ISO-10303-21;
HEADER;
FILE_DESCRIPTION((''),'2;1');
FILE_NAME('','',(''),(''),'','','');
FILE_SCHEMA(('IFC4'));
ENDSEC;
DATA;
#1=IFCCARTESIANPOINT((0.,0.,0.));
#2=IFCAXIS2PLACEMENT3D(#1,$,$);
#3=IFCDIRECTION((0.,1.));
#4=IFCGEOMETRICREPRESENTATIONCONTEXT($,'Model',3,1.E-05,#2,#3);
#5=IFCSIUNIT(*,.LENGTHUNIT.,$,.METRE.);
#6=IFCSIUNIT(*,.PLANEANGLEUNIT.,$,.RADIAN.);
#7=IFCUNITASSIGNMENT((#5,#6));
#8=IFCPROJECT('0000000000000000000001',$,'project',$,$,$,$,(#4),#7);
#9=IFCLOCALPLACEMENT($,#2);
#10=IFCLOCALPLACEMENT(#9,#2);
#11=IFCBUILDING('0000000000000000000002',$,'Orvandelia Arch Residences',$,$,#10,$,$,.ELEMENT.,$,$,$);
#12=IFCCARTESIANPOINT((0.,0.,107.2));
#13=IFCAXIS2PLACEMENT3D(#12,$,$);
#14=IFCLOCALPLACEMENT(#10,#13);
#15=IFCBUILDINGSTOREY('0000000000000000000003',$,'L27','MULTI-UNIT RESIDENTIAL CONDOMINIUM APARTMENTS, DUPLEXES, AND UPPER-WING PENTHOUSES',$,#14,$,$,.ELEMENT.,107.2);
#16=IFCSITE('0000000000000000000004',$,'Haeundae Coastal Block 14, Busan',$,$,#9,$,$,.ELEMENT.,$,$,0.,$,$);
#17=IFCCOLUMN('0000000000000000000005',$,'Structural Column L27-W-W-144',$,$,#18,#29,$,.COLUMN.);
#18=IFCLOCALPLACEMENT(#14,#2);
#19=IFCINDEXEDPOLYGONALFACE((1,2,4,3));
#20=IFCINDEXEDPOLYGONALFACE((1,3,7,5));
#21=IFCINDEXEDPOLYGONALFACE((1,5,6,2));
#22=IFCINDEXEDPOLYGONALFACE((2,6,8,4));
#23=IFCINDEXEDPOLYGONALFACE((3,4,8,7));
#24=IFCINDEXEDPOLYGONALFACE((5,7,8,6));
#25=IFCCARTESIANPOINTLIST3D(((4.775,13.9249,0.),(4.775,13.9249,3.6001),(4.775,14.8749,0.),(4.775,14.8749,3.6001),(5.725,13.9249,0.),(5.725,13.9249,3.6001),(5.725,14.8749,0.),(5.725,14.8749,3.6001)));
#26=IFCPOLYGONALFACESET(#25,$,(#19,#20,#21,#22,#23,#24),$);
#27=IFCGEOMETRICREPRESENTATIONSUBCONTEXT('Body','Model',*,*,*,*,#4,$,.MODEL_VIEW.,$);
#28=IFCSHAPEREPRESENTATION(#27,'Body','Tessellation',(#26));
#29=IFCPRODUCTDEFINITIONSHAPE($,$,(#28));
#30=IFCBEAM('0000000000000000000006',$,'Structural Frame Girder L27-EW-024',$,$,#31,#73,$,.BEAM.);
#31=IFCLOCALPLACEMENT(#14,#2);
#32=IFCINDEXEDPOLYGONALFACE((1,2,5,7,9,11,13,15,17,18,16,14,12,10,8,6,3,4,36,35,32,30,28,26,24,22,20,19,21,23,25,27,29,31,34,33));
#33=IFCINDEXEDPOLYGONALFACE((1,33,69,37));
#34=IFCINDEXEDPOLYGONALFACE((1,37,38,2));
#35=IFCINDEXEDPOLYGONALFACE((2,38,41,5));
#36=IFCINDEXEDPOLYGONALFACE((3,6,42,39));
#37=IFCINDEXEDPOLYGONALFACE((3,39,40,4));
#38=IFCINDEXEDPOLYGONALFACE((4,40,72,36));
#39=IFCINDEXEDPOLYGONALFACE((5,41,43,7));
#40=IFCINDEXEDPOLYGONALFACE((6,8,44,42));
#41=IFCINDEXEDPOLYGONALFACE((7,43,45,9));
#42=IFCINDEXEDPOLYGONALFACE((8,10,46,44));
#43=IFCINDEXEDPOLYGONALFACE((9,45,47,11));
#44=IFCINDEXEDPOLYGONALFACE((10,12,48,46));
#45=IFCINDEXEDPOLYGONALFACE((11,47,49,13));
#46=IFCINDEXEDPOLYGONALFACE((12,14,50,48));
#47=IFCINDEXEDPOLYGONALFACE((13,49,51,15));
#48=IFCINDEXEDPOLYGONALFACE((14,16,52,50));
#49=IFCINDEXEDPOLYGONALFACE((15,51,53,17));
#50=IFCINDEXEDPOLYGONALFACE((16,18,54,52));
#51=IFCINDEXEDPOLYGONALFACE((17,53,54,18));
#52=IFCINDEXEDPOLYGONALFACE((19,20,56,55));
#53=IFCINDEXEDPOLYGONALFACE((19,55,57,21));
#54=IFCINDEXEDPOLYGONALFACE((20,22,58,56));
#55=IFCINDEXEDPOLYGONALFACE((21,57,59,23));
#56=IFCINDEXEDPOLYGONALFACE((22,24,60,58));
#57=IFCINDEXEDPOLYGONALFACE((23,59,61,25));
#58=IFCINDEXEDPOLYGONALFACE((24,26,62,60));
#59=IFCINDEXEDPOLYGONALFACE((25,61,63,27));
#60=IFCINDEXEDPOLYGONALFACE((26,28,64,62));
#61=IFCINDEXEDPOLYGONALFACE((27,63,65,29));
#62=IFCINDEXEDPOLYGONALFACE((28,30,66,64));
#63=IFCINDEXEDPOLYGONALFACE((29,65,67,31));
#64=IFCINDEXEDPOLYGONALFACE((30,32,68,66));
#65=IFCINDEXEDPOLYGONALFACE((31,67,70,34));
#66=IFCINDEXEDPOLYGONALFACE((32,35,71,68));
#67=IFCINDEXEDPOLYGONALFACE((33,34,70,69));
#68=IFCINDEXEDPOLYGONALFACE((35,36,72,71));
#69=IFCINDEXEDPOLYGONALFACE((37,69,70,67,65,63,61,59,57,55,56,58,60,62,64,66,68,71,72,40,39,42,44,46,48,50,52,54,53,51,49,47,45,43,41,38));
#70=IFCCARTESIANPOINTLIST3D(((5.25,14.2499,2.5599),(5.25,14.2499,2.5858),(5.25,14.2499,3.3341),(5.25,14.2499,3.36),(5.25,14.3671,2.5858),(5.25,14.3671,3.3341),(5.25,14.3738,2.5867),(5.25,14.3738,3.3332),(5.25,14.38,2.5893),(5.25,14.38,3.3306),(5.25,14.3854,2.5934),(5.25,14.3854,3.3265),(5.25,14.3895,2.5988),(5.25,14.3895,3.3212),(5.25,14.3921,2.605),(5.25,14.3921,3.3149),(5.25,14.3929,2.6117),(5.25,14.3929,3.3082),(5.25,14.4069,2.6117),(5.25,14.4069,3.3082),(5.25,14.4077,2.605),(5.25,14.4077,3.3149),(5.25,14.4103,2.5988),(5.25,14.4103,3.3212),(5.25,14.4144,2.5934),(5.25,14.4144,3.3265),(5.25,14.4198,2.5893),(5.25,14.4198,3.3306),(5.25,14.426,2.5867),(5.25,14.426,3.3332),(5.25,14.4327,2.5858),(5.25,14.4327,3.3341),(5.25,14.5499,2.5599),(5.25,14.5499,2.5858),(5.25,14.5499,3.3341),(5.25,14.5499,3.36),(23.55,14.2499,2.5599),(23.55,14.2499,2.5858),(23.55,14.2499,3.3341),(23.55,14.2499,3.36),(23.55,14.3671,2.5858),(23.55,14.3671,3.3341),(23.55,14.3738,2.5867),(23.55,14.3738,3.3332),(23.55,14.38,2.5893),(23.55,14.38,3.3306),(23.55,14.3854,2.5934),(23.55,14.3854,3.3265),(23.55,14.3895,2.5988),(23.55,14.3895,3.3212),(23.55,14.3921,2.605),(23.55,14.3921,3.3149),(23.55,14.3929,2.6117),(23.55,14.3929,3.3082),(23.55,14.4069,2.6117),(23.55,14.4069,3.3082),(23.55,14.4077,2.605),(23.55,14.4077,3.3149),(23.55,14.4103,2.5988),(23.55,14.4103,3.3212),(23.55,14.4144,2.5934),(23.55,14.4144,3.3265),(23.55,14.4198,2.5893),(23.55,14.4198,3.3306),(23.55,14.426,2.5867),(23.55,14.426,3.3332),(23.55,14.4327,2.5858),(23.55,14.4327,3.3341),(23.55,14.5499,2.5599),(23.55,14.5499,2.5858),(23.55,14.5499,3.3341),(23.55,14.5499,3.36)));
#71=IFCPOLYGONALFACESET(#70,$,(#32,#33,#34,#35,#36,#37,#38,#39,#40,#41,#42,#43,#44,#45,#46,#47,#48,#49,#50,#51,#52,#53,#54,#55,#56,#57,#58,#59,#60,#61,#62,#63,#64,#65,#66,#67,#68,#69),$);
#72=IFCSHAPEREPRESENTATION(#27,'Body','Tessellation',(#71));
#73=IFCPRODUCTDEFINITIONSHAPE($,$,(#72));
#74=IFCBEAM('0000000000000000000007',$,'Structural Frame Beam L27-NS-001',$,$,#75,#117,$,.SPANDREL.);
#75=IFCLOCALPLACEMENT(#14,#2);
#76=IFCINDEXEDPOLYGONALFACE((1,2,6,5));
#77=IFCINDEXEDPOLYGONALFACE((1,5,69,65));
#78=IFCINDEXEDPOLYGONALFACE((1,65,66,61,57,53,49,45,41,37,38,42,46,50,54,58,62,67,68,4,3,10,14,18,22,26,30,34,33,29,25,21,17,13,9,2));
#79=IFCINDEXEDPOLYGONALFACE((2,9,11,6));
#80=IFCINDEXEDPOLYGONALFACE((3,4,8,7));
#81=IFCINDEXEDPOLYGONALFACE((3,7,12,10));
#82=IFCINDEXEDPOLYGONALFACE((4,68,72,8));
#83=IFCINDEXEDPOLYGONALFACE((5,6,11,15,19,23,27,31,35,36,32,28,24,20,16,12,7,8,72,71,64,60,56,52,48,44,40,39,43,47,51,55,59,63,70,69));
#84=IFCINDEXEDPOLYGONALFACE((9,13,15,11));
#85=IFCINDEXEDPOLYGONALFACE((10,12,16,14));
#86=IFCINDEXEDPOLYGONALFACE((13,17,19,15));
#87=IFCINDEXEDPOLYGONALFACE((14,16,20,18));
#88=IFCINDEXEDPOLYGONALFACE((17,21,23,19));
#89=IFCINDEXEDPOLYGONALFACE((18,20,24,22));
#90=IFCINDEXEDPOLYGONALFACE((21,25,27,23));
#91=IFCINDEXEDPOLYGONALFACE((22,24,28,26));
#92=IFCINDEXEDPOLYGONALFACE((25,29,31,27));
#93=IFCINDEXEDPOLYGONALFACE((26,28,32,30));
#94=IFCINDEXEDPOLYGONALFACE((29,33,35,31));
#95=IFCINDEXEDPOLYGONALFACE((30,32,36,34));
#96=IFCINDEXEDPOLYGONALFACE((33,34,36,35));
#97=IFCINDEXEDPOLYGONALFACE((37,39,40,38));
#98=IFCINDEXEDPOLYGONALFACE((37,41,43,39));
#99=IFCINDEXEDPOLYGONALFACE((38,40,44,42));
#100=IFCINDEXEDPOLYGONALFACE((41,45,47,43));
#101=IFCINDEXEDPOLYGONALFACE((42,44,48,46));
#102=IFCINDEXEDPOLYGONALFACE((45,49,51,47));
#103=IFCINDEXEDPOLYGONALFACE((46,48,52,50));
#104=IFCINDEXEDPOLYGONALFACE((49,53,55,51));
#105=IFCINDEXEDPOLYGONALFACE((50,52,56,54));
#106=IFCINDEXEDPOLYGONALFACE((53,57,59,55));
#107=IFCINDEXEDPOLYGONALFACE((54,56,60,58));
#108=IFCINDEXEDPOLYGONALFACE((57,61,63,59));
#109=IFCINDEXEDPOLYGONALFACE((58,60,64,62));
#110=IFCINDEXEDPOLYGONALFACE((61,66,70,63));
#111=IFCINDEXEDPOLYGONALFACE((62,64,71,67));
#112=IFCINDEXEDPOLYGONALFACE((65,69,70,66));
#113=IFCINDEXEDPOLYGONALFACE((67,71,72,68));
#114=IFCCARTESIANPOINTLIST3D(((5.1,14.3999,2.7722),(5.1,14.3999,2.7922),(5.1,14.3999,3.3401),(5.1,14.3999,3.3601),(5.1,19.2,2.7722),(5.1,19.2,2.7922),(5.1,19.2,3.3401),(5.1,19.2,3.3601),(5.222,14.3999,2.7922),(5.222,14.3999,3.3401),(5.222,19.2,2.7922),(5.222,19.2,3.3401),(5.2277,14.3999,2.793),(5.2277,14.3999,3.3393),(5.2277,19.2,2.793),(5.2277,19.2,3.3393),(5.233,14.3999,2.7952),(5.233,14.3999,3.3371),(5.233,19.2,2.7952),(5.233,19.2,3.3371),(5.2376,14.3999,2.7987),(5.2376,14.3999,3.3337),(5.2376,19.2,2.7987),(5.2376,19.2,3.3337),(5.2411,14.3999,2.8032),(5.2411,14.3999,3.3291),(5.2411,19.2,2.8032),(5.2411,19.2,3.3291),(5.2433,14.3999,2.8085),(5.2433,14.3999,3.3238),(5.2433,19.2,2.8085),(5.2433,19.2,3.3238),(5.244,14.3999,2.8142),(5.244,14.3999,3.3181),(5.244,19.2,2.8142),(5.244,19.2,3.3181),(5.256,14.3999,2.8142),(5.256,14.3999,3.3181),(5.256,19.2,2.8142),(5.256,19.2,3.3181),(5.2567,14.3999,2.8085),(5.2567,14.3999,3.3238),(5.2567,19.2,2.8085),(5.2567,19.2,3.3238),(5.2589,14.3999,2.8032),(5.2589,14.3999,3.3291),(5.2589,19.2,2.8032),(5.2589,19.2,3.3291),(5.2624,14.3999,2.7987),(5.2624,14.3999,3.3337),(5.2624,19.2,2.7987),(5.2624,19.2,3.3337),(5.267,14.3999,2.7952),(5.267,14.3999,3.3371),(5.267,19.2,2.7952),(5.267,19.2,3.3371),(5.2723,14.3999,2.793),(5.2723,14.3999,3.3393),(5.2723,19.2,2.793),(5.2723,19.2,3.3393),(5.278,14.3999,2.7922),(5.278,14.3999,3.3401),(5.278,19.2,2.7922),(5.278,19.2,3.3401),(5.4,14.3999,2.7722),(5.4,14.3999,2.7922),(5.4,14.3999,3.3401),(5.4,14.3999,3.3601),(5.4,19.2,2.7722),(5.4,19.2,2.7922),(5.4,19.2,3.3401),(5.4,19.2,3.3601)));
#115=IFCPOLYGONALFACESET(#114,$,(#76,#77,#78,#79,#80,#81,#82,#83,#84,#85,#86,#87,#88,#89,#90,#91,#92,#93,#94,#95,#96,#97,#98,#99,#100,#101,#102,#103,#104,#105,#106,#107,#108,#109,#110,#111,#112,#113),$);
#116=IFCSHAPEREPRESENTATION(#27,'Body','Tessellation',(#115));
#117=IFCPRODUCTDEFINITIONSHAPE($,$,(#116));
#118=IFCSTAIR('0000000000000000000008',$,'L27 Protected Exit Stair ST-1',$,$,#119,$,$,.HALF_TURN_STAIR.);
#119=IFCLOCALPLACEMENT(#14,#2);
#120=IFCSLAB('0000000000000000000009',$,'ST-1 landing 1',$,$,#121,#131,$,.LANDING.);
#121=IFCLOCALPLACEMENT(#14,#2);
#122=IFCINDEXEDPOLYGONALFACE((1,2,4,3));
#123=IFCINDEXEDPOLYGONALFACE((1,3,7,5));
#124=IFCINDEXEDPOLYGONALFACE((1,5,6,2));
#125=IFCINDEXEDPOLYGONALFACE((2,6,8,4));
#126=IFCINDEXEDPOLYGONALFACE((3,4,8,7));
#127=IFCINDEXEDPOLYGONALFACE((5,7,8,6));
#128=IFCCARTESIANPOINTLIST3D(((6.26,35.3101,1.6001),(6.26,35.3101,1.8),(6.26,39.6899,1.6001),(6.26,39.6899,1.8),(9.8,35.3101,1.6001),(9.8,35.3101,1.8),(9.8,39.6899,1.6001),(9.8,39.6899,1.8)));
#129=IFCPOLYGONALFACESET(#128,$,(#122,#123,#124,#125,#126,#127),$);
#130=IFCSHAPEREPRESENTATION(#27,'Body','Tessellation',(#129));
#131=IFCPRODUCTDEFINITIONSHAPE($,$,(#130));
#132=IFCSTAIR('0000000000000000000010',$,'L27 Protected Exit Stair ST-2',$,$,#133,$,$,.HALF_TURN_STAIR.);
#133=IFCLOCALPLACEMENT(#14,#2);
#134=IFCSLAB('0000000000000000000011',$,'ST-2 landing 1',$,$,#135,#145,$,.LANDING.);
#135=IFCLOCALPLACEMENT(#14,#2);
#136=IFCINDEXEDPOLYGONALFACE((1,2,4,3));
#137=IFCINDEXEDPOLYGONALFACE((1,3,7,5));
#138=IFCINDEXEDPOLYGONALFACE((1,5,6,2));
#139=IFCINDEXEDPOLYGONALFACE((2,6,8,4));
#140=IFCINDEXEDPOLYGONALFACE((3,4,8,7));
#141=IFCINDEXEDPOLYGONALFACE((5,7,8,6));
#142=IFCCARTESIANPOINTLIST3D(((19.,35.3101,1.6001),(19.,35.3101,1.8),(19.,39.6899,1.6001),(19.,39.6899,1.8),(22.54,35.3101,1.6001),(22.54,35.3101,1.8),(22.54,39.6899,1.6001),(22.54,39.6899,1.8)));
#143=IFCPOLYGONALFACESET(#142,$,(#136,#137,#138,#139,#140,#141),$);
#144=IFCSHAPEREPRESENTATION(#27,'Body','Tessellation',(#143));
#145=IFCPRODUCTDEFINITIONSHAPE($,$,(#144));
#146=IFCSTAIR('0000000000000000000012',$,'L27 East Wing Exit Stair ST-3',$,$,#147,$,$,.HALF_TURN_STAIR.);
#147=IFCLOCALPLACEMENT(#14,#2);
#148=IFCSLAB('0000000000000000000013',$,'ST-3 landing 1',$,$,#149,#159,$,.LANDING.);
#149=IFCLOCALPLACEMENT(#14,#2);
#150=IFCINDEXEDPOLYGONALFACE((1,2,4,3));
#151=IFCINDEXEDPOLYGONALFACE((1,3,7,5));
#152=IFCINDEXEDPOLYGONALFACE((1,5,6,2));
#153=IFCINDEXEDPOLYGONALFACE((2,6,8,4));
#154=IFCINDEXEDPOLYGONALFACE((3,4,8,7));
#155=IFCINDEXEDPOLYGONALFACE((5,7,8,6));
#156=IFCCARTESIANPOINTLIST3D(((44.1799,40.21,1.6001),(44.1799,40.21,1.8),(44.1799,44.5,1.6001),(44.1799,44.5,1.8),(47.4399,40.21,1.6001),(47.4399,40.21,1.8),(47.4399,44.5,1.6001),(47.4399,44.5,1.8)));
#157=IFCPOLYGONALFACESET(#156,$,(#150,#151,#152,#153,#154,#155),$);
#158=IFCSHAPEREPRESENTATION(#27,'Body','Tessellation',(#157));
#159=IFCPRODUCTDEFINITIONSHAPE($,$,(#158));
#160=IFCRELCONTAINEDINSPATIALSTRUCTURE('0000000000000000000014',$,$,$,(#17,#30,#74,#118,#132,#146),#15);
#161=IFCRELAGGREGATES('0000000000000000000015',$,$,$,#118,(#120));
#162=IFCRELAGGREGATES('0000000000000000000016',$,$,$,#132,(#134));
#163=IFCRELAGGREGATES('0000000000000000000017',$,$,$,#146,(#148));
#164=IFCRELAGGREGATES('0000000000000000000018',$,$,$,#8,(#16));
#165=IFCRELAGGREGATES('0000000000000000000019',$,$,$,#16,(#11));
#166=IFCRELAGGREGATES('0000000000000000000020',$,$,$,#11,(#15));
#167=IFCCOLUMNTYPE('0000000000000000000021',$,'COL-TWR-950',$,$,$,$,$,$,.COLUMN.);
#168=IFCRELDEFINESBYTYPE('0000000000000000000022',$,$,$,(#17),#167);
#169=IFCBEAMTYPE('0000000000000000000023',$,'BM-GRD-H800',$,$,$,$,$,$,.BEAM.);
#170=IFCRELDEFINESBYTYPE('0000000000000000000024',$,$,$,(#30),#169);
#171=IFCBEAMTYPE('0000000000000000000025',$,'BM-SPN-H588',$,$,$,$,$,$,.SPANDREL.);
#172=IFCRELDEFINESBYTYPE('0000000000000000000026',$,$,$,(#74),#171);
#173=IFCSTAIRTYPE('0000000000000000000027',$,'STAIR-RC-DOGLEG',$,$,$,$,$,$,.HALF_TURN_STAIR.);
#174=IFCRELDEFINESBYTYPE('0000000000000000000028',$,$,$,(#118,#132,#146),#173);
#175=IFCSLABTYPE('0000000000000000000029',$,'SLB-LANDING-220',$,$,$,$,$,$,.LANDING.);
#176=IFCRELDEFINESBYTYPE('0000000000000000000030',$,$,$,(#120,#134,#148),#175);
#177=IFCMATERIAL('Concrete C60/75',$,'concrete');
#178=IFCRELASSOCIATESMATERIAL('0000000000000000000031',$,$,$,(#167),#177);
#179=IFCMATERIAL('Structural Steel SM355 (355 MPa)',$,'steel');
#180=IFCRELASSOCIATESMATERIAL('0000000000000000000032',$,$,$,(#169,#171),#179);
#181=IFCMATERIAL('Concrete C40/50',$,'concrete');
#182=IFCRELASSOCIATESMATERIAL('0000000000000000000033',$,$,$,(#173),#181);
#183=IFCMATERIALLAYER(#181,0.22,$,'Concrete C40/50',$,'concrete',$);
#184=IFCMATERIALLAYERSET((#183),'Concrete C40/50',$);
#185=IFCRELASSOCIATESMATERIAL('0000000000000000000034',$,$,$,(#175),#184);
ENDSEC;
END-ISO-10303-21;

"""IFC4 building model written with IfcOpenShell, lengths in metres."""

from ifc_helpers import new_model, si_unit, direction, frame, origin, origin_2d, place, context, subcontext, project, spatial, polyline, rectangle, i_section, outline, extrude, material, layer, layer_set, material_profile, profile_set, type_object, element, aggregate, save


model = new_model("IFC4")

# Units and contexts
model_context = context("Model", 3, precision=1e-05, world=origin(), true_north=direction((0.0, 1.0)))
body_context = subcontext(model_context, "Body", "Model", "MODEL_VIEW")
ifc_project = project(units=[si_unit("LENGTHUNIT", "METRE"), si_unit("PLANEANGLEUNIT", "RADIAN")], contexts=[model_context])

# Site, building, storey
site_placement = place(None, origin())
site = spatial("IfcSite", under=ifc_project, at=site_placement, Name="Haeundae Coastal Block 14, Busan", CompositionType="ELEMENT", RefElevation=0.0)
building_placement = place(site_placement, origin())
building = spatial("IfcBuilding", under=site, at=building_placement, Name="Orvandelia Arch Residences", CompositionType="ELEMENT")
storey_placement = place(building_placement, frame((0.0, 0.0, 107.2)))
storey = spatial("IfcBuildingStorey", under=building, at=storey_placement, Name="L27", Description="MULTI-UNIT RESIDENTIAL CONDOMINIUM APARTMENTS, DUPLEXES, AND UPPER-WING PENTHOUSES", CompositionType="ELEMENT", Elevation=107.2)

# Column
ifc_material_1 = material(Name="Concrete C60/75", Category="concrete")
ifc_material_profile_1 = material_profile(ifc_material_1, rectangle(XDim=0.95, YDim=0.95, at=origin_2d()), Name="Concrete C60/75", Category="concrete")
ifc_profile_set_1 = profile_set([ifc_material_profile_1], Name="Concrete C60/75")
column_type = type_object("IfcColumnType", Name="COL-TWR-950", PredefinedType="COLUMN", material=ifc_profile_set_1)
column_placement = place(storey_placement, frame((5.25, 14.3999, 0.0), z_axis=(0.0, 0.0, 1.0), x_axis=(1.0, 0.0, 0.0)))
element("IfcColumn", 1, at=column_placement, inside=storey, type_object=column_type, Name="Structural Column L27-W-W-144", PredefinedType="COLUMN", context=body_context, shape_type="SweptSolid", body=[
    extrude(rectangle(XDim=0.95, YDim=0.95, at=origin_2d()), origin(), (0.0, 0.0, 1.0), 3.6001),
])

# Beams
ifc_material_2 = material(Name="Structural Steel SM355 (355 MPa)", Category="steel")
ifc_material_profile_2 = material_profile(ifc_material_2, i_section(OverallWidth=0.3, OverallDepth=0.8, WebThickness=0.0139, FlangeThickness=0.0259, FilletRadius=0.0259, at=origin_2d()), Name="Structural Steel SM355 (355 MPa)", Category="steel")
ifc_profile_set_2 = profile_set([ifc_material_profile_2], Name="Structural Steel SM355 (355 MPa)")
beam_type_1 = type_object("IfcBeamType", Name="BM-GRD-H800", PredefinedType="BEAM", material=ifc_profile_set_2)
beam_1_placement = place(storey_placement, frame((5.25, 14.3999, 2.96), z_axis=(1.0, 0.0, 0.0), x_axis=(0.0, 1.0, 0.0)))
element("IfcBeam", 2, at=beam_1_placement, inside=storey, type_object=beam_type_1, Name="Structural Frame Girder L27-EW-024", PredefinedType="BEAM", context=body_context, shape_type="SweptSolid", body=[
    extrude(i_section(OverallWidth=0.3, OverallDepth=0.8, WebThickness=0.0139, FlangeThickness=0.0259, FilletRadius=0.0259, at=origin_2d()), origin(), (0.0, 0.0, 1.0), 18.3),
])
ifc_material_profile_3 = material_profile(ifc_material_2, i_section(OverallWidth=0.3, OverallDepth=0.5879, WebThickness=0.012, FlangeThickness=0.02, FilletRadius=0.022, at=origin_2d()), Name="Structural Steel SM355 (355 MPa)", Category="steel")
ifc_profile_set_3 = profile_set([ifc_material_profile_3], Name="Structural Steel SM355 (355 MPa)")
beam_type_2 = type_object("IfcBeamType", Name="BM-SPN-H588", PredefinedType="SPANDREL", material=ifc_profile_set_3)
beam_2_placement = place(storey_placement, frame((5.25, 14.3999, 3.0662), z_axis=(0.0, 1.0, 0.0), x_axis=(-1.0, 0.0, 0.0)))
element("IfcBeam", 3, at=beam_2_placement, inside=storey, type_object=beam_type_2, Name="Structural Frame Beam L27-NS-001", PredefinedType="SPANDREL", context=body_context, shape_type="SweptSolid", body=[
    extrude(i_section(OverallWidth=0.3, OverallDepth=0.5879, WebThickness=0.012, FlangeThickness=0.02, FilletRadius=0.022, at=origin_2d()), origin(), (0.0, 0.0, 1.0), 4.8),
])

# Stairs, slabs
ifc_material_3 = material(Name="Concrete C40/50", Category="concrete")
stair_type = type_object("IfcStairType", Name="STAIR-RC-DOGLEG", PredefinedType="HALF_TURN_STAIR", material=ifc_material_3)
stair_1_placement = place(storey_placement, origin())
stair_1 = element("IfcStair", 4, at=stair_1_placement, inside=storey, type_object=stair_type, Name="L27 Protected Exit Stair ST-1", PredefinedType="HALF_TURN_STAIR")
ifc_layer_1 = layer(ifc_material_3, 0.22, Name="Concrete C40/50", Category="concrete")
ifc_layer_set_1 = layer_set([ifc_layer_1], Name="Concrete C40/50")
slab_type_1 = type_object("IfcSlabType", Name="SLB-LANDING-220", PredefinedType="LANDING", material=ifc_layer_set_1)
slab_1_placement = place(storey_placement, frame((0.0, 0.0, 1.6001)))
slab_1 = element("IfcSlab", 5, at=slab_1_placement, type_object=slab_type_1, Name="ST-1 landing 1", PredefinedType="LANDING", context=body_context, shape_type="SweptSolid", body=[
    extrude(outline(polyline([(9.8, 35.3101), (9.8, 39.6899), (6.26, 39.6899), (6.26, 35.3101), (9.8, 35.3101)])), origin(), (0.0, 0.0, 1.0), 0.2),
])
aggregate(stair_1, [slab_1])
stair_2_placement = place(storey_placement, origin())
stair_2 = element("IfcStair", 6, at=stair_2_placement, inside=storey, type_object=stair_type, Name="L27 Protected Exit Stair ST-2", PredefinedType="HALF_TURN_STAIR")
slab_2_placement = place(storey_placement, frame((0.0, 0.0, 1.6001)))
slab_2 = element("IfcSlab", 7, at=slab_2_placement, type_object=slab_type_1, Name="ST-2 landing 1", PredefinedType="LANDING", context=body_context, shape_type="SweptSolid", body=[
    extrude(outline(polyline([(22.54, 35.3101), (22.54, 39.6899), (19.0, 39.6899), (19.0, 35.3101), (22.54, 35.3101)])), origin(), (0.0, 0.0, 1.0), 0.2),
])
aggregate(stair_2, [slab_2])
stair_3_placement = place(storey_placement, origin())
stair_3 = element("IfcStair", 8, at=stair_3_placement, inside=storey, type_object=stair_type, Name="L27 East Wing Exit Stair ST-3", PredefinedType="HALF_TURN_STAIR")
slab_3_placement = place(storey_placement, frame((0.0, 0.0, 1.6001)))
slab_3 = element("IfcSlab", 9, at=slab_3_placement, type_object=slab_type_1, Name="ST-3 landing 1", PredefinedType="LANDING", context=body_context, shape_type="SweptSolid", body=[
    extrude(outline(polyline([(47.4399, 40.21), (47.4399, 44.5), (44.1799, 44.5), (44.1799, 40.21), (47.4399, 40.21)])), origin(), (0.0, 0.0, 1.0), 0.2),
])
aggregate(stair_3, [slab_3])

save(model, "model.ifc")
